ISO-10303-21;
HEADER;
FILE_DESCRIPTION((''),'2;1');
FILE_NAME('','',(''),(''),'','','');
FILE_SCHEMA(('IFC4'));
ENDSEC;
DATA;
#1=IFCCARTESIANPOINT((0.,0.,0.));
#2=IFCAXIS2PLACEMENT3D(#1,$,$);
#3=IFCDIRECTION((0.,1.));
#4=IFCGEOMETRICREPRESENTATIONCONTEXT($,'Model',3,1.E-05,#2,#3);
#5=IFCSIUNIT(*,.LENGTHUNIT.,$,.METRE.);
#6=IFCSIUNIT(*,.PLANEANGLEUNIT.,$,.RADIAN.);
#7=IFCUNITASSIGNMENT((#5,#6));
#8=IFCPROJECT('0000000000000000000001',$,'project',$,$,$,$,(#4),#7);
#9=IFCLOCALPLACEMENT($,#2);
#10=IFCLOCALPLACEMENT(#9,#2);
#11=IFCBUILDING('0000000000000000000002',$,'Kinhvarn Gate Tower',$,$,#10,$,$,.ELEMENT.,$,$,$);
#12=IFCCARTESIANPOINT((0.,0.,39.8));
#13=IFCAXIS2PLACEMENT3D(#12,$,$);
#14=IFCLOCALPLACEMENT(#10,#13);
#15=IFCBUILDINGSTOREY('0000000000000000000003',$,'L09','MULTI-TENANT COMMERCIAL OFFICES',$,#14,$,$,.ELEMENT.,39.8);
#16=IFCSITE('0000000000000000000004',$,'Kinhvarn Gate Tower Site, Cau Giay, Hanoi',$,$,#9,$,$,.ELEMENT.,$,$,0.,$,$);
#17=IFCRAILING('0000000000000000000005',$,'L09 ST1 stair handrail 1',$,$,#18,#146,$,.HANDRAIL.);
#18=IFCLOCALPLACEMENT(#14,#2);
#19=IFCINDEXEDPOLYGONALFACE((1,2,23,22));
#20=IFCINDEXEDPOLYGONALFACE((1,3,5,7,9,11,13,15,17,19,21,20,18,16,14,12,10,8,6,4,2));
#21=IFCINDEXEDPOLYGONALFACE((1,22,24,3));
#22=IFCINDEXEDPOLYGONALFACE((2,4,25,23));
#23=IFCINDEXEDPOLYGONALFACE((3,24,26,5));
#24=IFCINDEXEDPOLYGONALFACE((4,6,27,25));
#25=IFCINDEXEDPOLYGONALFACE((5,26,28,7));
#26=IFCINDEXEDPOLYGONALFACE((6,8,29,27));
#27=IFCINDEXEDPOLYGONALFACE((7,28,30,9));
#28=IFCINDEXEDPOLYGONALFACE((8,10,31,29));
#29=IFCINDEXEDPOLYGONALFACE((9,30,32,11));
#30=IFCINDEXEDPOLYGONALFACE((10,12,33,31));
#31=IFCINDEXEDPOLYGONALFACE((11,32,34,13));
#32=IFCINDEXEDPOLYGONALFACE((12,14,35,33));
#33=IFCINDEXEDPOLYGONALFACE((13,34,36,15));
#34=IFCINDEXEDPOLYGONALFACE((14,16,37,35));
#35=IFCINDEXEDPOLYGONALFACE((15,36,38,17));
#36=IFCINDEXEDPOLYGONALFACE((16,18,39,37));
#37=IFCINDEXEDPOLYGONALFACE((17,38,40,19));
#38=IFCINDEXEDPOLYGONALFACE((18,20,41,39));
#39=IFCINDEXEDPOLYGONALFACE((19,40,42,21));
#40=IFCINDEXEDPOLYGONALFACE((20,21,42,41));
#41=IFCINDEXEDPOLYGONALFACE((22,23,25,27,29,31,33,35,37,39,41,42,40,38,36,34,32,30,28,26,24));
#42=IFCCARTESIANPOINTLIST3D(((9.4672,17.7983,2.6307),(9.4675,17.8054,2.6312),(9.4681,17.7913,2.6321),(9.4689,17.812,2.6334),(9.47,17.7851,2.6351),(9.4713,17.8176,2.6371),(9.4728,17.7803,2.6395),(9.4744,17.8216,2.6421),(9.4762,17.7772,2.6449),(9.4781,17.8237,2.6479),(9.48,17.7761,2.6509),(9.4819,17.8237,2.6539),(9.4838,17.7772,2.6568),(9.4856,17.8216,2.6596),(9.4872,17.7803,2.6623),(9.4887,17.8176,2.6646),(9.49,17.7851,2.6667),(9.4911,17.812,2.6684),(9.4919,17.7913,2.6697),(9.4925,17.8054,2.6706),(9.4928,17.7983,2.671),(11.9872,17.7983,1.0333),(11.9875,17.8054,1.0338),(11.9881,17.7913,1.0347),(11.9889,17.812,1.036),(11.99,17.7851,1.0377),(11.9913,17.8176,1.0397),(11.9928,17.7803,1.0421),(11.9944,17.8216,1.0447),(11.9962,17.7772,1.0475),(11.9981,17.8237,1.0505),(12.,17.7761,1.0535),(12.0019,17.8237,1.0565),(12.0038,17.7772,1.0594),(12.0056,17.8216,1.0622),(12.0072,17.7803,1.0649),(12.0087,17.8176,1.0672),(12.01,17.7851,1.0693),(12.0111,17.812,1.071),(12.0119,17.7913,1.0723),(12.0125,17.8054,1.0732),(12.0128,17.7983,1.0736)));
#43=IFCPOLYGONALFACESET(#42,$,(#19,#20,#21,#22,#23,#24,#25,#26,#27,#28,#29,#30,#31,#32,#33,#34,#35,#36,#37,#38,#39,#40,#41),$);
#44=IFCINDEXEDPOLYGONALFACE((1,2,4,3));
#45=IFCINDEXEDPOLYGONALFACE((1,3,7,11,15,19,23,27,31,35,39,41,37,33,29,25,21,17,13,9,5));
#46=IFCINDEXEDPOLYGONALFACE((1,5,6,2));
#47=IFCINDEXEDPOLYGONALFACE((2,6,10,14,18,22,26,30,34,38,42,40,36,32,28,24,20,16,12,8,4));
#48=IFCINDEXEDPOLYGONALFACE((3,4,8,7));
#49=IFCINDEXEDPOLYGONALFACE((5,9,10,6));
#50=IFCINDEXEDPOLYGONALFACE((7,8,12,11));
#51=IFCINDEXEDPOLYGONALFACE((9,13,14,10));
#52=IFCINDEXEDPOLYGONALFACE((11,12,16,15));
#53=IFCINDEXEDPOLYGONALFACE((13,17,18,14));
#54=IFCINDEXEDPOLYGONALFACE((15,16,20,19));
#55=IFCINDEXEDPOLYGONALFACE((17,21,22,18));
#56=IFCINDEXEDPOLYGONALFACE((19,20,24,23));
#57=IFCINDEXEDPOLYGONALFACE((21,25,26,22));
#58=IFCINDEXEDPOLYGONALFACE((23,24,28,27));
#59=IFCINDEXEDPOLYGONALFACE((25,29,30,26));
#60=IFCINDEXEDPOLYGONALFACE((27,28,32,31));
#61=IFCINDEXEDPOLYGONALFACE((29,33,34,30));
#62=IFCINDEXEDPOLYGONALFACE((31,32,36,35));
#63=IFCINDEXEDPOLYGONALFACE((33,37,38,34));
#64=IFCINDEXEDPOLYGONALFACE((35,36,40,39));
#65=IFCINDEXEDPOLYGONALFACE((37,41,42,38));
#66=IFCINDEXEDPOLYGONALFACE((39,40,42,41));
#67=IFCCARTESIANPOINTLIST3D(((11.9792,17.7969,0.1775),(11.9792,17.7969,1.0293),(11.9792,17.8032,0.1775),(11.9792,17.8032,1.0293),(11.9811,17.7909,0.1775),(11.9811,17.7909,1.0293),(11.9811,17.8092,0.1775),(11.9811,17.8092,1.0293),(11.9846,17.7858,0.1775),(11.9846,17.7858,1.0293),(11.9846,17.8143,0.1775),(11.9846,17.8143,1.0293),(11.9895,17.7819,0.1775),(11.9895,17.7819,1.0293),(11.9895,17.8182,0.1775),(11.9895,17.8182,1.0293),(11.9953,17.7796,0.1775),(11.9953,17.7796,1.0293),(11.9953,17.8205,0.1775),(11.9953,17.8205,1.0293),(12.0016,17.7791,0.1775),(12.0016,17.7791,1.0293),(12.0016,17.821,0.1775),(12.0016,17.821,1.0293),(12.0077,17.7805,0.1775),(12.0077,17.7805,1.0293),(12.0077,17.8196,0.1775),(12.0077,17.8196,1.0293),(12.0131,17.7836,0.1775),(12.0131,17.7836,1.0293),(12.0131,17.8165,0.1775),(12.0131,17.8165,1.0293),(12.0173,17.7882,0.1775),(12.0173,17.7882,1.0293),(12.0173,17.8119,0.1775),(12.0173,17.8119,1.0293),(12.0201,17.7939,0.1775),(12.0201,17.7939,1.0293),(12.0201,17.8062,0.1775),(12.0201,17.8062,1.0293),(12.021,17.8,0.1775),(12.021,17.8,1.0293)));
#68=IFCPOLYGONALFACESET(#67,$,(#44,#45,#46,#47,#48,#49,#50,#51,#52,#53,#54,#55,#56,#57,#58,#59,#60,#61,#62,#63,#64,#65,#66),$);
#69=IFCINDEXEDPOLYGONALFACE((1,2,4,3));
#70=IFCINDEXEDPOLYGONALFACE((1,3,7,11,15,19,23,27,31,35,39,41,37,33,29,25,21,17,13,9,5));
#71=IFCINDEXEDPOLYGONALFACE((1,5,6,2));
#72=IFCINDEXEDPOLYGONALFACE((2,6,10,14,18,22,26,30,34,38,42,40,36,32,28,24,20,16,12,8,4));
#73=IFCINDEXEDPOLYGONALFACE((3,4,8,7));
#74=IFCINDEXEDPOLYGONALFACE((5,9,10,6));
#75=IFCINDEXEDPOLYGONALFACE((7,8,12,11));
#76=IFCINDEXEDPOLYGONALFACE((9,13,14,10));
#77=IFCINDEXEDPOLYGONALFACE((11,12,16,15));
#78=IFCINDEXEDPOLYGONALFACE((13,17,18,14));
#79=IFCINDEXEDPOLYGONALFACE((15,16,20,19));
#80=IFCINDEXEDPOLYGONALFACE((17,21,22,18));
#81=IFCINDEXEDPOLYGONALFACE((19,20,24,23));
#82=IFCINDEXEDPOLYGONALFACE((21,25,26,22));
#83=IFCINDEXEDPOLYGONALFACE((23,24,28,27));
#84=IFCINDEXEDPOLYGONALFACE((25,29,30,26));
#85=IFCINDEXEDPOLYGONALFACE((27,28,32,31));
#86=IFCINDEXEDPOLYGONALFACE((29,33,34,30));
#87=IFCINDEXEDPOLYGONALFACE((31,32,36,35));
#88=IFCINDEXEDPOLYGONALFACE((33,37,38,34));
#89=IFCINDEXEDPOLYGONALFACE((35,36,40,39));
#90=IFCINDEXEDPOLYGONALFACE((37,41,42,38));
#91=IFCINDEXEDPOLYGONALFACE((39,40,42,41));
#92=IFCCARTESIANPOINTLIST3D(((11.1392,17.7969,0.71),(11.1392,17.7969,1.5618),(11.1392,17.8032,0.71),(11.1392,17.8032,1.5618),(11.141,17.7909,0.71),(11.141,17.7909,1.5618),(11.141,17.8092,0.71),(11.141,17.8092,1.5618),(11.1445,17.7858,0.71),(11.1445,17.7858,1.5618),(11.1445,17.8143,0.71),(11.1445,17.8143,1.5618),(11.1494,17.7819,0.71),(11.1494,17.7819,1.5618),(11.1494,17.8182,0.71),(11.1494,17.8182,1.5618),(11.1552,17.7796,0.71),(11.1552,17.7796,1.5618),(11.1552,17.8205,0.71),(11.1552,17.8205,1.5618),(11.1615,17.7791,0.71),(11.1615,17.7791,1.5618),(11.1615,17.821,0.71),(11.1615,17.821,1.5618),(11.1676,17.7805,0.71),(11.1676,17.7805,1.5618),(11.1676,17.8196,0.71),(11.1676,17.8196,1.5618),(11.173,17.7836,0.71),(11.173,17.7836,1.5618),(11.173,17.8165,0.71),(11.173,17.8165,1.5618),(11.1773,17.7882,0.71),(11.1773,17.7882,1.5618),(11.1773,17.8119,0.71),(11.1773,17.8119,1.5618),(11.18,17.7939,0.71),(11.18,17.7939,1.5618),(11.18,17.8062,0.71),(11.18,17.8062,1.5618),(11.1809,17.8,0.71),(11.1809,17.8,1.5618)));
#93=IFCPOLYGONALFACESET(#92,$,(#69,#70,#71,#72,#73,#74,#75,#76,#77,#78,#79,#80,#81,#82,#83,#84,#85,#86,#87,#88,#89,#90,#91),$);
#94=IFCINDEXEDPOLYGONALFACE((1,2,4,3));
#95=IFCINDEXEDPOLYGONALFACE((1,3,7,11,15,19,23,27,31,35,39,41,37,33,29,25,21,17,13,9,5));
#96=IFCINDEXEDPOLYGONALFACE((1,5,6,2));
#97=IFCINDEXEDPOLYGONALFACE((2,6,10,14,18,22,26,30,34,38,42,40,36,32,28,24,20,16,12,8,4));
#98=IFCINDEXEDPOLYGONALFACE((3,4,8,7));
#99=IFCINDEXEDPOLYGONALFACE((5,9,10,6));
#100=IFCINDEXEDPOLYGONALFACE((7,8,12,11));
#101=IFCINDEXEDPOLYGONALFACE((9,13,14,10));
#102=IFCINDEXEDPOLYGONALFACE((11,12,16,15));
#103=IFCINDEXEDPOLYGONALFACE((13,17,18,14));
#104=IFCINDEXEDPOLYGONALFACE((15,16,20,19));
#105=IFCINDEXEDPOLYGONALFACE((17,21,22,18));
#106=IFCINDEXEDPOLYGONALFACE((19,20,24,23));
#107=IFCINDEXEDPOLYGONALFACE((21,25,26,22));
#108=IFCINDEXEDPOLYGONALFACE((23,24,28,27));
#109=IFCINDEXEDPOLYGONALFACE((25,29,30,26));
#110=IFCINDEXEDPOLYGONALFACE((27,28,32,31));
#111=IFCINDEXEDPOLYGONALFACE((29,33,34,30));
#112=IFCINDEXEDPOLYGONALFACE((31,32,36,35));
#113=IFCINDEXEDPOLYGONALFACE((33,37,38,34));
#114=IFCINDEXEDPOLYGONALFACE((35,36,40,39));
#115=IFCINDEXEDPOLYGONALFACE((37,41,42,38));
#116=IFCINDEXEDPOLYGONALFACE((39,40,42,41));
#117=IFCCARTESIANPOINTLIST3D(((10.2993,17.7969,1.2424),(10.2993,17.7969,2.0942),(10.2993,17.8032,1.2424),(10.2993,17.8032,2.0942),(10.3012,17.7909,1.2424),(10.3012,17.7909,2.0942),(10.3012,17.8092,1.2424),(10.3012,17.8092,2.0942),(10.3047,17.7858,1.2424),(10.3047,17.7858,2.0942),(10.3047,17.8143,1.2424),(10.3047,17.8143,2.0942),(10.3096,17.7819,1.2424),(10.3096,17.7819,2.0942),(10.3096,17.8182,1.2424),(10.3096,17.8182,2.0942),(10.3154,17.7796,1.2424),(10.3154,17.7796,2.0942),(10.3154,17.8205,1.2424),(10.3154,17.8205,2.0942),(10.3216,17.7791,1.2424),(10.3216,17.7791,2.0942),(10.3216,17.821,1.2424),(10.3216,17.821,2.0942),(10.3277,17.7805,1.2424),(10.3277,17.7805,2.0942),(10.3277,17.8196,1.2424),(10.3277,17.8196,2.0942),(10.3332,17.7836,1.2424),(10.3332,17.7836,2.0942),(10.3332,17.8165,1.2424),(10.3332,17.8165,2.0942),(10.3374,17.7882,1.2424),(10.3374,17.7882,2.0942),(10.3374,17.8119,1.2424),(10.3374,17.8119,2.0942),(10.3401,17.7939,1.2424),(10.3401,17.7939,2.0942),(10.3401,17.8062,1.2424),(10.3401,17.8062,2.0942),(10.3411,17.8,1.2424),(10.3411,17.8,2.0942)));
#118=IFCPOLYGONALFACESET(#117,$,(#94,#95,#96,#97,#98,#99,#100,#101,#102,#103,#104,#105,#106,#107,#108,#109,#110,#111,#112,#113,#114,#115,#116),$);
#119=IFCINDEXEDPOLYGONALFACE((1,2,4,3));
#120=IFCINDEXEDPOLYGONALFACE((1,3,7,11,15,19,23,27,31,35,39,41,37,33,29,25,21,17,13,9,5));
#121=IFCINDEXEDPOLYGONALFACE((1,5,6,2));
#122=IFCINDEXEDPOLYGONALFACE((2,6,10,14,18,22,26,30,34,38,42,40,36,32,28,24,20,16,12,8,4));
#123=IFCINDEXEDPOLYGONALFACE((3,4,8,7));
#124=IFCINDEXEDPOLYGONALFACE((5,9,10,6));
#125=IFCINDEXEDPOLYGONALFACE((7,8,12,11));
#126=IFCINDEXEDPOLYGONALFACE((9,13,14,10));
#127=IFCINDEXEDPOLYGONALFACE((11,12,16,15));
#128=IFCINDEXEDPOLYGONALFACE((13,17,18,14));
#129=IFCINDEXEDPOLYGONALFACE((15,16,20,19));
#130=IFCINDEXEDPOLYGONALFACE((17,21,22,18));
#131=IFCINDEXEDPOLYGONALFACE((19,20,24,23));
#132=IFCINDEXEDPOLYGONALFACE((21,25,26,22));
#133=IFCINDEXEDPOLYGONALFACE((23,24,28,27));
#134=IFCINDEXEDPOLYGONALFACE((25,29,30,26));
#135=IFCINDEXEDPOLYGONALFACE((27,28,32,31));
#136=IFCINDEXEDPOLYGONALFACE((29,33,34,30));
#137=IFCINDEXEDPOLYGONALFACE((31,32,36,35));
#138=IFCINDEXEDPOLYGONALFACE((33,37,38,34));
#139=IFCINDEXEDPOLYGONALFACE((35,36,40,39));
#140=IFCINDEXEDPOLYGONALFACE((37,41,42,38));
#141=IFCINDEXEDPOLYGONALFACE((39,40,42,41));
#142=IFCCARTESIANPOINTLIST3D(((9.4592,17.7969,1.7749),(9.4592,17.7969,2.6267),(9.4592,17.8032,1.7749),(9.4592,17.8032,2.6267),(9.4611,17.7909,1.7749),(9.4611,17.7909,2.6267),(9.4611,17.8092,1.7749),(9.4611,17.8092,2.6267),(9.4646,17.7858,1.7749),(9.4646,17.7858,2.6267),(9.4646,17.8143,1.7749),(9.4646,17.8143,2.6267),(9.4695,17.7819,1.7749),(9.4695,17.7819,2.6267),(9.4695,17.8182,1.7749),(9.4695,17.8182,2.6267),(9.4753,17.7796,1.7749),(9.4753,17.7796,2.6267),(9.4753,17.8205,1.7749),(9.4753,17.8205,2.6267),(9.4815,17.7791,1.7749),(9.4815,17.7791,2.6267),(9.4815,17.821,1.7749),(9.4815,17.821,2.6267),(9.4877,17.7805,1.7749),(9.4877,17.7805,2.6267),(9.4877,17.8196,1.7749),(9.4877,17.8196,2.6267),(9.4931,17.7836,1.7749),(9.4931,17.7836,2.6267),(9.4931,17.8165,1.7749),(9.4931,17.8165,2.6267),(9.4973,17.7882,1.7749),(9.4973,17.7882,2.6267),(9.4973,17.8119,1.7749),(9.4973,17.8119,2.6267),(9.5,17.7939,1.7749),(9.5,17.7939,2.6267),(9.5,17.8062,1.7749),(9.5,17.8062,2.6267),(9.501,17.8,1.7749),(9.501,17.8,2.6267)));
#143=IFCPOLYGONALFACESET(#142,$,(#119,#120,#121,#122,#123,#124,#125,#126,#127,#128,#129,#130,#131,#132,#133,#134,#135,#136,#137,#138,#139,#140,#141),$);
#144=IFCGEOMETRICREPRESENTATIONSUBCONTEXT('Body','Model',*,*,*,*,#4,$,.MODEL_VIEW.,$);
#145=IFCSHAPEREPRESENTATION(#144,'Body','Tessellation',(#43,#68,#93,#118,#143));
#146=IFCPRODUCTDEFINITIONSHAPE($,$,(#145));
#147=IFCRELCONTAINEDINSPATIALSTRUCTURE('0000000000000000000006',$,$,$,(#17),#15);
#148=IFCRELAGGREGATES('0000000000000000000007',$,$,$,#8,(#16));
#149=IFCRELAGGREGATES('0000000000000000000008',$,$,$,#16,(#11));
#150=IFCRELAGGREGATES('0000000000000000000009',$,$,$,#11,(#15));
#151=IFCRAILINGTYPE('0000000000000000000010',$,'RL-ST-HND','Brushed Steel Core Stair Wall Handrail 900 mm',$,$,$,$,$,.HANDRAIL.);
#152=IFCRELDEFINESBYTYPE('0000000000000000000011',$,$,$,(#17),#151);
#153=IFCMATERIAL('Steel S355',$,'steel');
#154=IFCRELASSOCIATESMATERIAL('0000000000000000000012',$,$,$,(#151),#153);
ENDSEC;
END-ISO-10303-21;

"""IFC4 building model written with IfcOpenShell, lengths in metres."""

from ifc_helpers import new_model, si_unit, direction, frame, origin, origin_2d, place, context, subcontext, project, spatial, circle, extrude, material, type_object, element, save


model = new_model("IFC4")

# Units and contexts
model_context = context("Model", 3, precision=1e-05, world=origin(), true_north=direction((0.0, 1.0)))
body_context = subcontext(model_context, "Body", "Model", "MODEL_VIEW")
ifc_project = project(units=[si_unit("LENGTHUNIT", "METRE"), si_unit("PLANEANGLEUNIT", "RADIAN")], contexts=[model_context])

# Site, building, storey
site_placement = place(None, origin())
site = spatial("IfcSite", under=ifc_project, at=site_placement, Name="Kinhvarn Gate Tower Site, Cau Giay, Hanoi", CompositionType="ELEMENT", RefElevation=0.0)
building_placement = place(site_placement, origin())
building = spatial("IfcBuilding", under=site, at=building_placement, Name="Kinhvarn Gate Tower", CompositionType="ELEMENT")
storey_placement = place(building_placement, frame((0.0, 0.0, 39.8)))
storey = spatial("IfcBuildingStorey", under=building, at=storey_placement, Name="L09", Description="MULTI-TENANT COMMERCIAL OFFICES", CompositionType="ELEMENT", Elevation=39.8)

# Shared definitions
ifc_material_1 = material(Name="Steel S355", Category="steel")

# Railing
railing_type_1 = type_object("IfcRailingType", Name="RL-ST-HND", Description="Brushed Steel Core Stair Wall Handrail 900 mm", PredefinedType="HANDRAIL", material=ifc_material_1)
railing_1_placement = place(storey_placement, frame((12.0, 17.8, 0.1775)))
element("IfcRailing", 1, at=railing_1_placement, inside=storey, type_object=railing_type_1, Name="L09 ST1 stair handrail 1", PredefinedType="HANDRAIL", context=body_context, shape_type="SweptSolid", body=[
    extrude(circle(Radius=0.0239, at=origin_2d()), frame((0.0, 0.0, 0.876), z_axis=(-0.844607, 0.0, 0.535387), x_axis=(0.0, -1.0, 0.0)), (0.0, 0.0, 1.0), 2.9836),
    extrude(circle(Radius=0.021, at=origin_2d()), origin(), (0.0, 0.0, 1.0), 0.8518),
    extrude(circle(Radius=0.021, at=origin_2d()), frame((-0.8401, 0.0, 0.5325)), (0.0, 0.0, 1.0), 0.8518),
    extrude(circle(Radius=0.021, at=origin_2d()), frame((-1.6799, 0.0, 1.0649)), (0.0, 0.0, 1.0), 0.8518),
    extrude(circle(Radius=0.021, at=origin_2d()), frame((-2.52, 0.0, 1.5974)), (0.0, 0.0, 1.0), 0.8518),
])

save(model, "model.ifc")
